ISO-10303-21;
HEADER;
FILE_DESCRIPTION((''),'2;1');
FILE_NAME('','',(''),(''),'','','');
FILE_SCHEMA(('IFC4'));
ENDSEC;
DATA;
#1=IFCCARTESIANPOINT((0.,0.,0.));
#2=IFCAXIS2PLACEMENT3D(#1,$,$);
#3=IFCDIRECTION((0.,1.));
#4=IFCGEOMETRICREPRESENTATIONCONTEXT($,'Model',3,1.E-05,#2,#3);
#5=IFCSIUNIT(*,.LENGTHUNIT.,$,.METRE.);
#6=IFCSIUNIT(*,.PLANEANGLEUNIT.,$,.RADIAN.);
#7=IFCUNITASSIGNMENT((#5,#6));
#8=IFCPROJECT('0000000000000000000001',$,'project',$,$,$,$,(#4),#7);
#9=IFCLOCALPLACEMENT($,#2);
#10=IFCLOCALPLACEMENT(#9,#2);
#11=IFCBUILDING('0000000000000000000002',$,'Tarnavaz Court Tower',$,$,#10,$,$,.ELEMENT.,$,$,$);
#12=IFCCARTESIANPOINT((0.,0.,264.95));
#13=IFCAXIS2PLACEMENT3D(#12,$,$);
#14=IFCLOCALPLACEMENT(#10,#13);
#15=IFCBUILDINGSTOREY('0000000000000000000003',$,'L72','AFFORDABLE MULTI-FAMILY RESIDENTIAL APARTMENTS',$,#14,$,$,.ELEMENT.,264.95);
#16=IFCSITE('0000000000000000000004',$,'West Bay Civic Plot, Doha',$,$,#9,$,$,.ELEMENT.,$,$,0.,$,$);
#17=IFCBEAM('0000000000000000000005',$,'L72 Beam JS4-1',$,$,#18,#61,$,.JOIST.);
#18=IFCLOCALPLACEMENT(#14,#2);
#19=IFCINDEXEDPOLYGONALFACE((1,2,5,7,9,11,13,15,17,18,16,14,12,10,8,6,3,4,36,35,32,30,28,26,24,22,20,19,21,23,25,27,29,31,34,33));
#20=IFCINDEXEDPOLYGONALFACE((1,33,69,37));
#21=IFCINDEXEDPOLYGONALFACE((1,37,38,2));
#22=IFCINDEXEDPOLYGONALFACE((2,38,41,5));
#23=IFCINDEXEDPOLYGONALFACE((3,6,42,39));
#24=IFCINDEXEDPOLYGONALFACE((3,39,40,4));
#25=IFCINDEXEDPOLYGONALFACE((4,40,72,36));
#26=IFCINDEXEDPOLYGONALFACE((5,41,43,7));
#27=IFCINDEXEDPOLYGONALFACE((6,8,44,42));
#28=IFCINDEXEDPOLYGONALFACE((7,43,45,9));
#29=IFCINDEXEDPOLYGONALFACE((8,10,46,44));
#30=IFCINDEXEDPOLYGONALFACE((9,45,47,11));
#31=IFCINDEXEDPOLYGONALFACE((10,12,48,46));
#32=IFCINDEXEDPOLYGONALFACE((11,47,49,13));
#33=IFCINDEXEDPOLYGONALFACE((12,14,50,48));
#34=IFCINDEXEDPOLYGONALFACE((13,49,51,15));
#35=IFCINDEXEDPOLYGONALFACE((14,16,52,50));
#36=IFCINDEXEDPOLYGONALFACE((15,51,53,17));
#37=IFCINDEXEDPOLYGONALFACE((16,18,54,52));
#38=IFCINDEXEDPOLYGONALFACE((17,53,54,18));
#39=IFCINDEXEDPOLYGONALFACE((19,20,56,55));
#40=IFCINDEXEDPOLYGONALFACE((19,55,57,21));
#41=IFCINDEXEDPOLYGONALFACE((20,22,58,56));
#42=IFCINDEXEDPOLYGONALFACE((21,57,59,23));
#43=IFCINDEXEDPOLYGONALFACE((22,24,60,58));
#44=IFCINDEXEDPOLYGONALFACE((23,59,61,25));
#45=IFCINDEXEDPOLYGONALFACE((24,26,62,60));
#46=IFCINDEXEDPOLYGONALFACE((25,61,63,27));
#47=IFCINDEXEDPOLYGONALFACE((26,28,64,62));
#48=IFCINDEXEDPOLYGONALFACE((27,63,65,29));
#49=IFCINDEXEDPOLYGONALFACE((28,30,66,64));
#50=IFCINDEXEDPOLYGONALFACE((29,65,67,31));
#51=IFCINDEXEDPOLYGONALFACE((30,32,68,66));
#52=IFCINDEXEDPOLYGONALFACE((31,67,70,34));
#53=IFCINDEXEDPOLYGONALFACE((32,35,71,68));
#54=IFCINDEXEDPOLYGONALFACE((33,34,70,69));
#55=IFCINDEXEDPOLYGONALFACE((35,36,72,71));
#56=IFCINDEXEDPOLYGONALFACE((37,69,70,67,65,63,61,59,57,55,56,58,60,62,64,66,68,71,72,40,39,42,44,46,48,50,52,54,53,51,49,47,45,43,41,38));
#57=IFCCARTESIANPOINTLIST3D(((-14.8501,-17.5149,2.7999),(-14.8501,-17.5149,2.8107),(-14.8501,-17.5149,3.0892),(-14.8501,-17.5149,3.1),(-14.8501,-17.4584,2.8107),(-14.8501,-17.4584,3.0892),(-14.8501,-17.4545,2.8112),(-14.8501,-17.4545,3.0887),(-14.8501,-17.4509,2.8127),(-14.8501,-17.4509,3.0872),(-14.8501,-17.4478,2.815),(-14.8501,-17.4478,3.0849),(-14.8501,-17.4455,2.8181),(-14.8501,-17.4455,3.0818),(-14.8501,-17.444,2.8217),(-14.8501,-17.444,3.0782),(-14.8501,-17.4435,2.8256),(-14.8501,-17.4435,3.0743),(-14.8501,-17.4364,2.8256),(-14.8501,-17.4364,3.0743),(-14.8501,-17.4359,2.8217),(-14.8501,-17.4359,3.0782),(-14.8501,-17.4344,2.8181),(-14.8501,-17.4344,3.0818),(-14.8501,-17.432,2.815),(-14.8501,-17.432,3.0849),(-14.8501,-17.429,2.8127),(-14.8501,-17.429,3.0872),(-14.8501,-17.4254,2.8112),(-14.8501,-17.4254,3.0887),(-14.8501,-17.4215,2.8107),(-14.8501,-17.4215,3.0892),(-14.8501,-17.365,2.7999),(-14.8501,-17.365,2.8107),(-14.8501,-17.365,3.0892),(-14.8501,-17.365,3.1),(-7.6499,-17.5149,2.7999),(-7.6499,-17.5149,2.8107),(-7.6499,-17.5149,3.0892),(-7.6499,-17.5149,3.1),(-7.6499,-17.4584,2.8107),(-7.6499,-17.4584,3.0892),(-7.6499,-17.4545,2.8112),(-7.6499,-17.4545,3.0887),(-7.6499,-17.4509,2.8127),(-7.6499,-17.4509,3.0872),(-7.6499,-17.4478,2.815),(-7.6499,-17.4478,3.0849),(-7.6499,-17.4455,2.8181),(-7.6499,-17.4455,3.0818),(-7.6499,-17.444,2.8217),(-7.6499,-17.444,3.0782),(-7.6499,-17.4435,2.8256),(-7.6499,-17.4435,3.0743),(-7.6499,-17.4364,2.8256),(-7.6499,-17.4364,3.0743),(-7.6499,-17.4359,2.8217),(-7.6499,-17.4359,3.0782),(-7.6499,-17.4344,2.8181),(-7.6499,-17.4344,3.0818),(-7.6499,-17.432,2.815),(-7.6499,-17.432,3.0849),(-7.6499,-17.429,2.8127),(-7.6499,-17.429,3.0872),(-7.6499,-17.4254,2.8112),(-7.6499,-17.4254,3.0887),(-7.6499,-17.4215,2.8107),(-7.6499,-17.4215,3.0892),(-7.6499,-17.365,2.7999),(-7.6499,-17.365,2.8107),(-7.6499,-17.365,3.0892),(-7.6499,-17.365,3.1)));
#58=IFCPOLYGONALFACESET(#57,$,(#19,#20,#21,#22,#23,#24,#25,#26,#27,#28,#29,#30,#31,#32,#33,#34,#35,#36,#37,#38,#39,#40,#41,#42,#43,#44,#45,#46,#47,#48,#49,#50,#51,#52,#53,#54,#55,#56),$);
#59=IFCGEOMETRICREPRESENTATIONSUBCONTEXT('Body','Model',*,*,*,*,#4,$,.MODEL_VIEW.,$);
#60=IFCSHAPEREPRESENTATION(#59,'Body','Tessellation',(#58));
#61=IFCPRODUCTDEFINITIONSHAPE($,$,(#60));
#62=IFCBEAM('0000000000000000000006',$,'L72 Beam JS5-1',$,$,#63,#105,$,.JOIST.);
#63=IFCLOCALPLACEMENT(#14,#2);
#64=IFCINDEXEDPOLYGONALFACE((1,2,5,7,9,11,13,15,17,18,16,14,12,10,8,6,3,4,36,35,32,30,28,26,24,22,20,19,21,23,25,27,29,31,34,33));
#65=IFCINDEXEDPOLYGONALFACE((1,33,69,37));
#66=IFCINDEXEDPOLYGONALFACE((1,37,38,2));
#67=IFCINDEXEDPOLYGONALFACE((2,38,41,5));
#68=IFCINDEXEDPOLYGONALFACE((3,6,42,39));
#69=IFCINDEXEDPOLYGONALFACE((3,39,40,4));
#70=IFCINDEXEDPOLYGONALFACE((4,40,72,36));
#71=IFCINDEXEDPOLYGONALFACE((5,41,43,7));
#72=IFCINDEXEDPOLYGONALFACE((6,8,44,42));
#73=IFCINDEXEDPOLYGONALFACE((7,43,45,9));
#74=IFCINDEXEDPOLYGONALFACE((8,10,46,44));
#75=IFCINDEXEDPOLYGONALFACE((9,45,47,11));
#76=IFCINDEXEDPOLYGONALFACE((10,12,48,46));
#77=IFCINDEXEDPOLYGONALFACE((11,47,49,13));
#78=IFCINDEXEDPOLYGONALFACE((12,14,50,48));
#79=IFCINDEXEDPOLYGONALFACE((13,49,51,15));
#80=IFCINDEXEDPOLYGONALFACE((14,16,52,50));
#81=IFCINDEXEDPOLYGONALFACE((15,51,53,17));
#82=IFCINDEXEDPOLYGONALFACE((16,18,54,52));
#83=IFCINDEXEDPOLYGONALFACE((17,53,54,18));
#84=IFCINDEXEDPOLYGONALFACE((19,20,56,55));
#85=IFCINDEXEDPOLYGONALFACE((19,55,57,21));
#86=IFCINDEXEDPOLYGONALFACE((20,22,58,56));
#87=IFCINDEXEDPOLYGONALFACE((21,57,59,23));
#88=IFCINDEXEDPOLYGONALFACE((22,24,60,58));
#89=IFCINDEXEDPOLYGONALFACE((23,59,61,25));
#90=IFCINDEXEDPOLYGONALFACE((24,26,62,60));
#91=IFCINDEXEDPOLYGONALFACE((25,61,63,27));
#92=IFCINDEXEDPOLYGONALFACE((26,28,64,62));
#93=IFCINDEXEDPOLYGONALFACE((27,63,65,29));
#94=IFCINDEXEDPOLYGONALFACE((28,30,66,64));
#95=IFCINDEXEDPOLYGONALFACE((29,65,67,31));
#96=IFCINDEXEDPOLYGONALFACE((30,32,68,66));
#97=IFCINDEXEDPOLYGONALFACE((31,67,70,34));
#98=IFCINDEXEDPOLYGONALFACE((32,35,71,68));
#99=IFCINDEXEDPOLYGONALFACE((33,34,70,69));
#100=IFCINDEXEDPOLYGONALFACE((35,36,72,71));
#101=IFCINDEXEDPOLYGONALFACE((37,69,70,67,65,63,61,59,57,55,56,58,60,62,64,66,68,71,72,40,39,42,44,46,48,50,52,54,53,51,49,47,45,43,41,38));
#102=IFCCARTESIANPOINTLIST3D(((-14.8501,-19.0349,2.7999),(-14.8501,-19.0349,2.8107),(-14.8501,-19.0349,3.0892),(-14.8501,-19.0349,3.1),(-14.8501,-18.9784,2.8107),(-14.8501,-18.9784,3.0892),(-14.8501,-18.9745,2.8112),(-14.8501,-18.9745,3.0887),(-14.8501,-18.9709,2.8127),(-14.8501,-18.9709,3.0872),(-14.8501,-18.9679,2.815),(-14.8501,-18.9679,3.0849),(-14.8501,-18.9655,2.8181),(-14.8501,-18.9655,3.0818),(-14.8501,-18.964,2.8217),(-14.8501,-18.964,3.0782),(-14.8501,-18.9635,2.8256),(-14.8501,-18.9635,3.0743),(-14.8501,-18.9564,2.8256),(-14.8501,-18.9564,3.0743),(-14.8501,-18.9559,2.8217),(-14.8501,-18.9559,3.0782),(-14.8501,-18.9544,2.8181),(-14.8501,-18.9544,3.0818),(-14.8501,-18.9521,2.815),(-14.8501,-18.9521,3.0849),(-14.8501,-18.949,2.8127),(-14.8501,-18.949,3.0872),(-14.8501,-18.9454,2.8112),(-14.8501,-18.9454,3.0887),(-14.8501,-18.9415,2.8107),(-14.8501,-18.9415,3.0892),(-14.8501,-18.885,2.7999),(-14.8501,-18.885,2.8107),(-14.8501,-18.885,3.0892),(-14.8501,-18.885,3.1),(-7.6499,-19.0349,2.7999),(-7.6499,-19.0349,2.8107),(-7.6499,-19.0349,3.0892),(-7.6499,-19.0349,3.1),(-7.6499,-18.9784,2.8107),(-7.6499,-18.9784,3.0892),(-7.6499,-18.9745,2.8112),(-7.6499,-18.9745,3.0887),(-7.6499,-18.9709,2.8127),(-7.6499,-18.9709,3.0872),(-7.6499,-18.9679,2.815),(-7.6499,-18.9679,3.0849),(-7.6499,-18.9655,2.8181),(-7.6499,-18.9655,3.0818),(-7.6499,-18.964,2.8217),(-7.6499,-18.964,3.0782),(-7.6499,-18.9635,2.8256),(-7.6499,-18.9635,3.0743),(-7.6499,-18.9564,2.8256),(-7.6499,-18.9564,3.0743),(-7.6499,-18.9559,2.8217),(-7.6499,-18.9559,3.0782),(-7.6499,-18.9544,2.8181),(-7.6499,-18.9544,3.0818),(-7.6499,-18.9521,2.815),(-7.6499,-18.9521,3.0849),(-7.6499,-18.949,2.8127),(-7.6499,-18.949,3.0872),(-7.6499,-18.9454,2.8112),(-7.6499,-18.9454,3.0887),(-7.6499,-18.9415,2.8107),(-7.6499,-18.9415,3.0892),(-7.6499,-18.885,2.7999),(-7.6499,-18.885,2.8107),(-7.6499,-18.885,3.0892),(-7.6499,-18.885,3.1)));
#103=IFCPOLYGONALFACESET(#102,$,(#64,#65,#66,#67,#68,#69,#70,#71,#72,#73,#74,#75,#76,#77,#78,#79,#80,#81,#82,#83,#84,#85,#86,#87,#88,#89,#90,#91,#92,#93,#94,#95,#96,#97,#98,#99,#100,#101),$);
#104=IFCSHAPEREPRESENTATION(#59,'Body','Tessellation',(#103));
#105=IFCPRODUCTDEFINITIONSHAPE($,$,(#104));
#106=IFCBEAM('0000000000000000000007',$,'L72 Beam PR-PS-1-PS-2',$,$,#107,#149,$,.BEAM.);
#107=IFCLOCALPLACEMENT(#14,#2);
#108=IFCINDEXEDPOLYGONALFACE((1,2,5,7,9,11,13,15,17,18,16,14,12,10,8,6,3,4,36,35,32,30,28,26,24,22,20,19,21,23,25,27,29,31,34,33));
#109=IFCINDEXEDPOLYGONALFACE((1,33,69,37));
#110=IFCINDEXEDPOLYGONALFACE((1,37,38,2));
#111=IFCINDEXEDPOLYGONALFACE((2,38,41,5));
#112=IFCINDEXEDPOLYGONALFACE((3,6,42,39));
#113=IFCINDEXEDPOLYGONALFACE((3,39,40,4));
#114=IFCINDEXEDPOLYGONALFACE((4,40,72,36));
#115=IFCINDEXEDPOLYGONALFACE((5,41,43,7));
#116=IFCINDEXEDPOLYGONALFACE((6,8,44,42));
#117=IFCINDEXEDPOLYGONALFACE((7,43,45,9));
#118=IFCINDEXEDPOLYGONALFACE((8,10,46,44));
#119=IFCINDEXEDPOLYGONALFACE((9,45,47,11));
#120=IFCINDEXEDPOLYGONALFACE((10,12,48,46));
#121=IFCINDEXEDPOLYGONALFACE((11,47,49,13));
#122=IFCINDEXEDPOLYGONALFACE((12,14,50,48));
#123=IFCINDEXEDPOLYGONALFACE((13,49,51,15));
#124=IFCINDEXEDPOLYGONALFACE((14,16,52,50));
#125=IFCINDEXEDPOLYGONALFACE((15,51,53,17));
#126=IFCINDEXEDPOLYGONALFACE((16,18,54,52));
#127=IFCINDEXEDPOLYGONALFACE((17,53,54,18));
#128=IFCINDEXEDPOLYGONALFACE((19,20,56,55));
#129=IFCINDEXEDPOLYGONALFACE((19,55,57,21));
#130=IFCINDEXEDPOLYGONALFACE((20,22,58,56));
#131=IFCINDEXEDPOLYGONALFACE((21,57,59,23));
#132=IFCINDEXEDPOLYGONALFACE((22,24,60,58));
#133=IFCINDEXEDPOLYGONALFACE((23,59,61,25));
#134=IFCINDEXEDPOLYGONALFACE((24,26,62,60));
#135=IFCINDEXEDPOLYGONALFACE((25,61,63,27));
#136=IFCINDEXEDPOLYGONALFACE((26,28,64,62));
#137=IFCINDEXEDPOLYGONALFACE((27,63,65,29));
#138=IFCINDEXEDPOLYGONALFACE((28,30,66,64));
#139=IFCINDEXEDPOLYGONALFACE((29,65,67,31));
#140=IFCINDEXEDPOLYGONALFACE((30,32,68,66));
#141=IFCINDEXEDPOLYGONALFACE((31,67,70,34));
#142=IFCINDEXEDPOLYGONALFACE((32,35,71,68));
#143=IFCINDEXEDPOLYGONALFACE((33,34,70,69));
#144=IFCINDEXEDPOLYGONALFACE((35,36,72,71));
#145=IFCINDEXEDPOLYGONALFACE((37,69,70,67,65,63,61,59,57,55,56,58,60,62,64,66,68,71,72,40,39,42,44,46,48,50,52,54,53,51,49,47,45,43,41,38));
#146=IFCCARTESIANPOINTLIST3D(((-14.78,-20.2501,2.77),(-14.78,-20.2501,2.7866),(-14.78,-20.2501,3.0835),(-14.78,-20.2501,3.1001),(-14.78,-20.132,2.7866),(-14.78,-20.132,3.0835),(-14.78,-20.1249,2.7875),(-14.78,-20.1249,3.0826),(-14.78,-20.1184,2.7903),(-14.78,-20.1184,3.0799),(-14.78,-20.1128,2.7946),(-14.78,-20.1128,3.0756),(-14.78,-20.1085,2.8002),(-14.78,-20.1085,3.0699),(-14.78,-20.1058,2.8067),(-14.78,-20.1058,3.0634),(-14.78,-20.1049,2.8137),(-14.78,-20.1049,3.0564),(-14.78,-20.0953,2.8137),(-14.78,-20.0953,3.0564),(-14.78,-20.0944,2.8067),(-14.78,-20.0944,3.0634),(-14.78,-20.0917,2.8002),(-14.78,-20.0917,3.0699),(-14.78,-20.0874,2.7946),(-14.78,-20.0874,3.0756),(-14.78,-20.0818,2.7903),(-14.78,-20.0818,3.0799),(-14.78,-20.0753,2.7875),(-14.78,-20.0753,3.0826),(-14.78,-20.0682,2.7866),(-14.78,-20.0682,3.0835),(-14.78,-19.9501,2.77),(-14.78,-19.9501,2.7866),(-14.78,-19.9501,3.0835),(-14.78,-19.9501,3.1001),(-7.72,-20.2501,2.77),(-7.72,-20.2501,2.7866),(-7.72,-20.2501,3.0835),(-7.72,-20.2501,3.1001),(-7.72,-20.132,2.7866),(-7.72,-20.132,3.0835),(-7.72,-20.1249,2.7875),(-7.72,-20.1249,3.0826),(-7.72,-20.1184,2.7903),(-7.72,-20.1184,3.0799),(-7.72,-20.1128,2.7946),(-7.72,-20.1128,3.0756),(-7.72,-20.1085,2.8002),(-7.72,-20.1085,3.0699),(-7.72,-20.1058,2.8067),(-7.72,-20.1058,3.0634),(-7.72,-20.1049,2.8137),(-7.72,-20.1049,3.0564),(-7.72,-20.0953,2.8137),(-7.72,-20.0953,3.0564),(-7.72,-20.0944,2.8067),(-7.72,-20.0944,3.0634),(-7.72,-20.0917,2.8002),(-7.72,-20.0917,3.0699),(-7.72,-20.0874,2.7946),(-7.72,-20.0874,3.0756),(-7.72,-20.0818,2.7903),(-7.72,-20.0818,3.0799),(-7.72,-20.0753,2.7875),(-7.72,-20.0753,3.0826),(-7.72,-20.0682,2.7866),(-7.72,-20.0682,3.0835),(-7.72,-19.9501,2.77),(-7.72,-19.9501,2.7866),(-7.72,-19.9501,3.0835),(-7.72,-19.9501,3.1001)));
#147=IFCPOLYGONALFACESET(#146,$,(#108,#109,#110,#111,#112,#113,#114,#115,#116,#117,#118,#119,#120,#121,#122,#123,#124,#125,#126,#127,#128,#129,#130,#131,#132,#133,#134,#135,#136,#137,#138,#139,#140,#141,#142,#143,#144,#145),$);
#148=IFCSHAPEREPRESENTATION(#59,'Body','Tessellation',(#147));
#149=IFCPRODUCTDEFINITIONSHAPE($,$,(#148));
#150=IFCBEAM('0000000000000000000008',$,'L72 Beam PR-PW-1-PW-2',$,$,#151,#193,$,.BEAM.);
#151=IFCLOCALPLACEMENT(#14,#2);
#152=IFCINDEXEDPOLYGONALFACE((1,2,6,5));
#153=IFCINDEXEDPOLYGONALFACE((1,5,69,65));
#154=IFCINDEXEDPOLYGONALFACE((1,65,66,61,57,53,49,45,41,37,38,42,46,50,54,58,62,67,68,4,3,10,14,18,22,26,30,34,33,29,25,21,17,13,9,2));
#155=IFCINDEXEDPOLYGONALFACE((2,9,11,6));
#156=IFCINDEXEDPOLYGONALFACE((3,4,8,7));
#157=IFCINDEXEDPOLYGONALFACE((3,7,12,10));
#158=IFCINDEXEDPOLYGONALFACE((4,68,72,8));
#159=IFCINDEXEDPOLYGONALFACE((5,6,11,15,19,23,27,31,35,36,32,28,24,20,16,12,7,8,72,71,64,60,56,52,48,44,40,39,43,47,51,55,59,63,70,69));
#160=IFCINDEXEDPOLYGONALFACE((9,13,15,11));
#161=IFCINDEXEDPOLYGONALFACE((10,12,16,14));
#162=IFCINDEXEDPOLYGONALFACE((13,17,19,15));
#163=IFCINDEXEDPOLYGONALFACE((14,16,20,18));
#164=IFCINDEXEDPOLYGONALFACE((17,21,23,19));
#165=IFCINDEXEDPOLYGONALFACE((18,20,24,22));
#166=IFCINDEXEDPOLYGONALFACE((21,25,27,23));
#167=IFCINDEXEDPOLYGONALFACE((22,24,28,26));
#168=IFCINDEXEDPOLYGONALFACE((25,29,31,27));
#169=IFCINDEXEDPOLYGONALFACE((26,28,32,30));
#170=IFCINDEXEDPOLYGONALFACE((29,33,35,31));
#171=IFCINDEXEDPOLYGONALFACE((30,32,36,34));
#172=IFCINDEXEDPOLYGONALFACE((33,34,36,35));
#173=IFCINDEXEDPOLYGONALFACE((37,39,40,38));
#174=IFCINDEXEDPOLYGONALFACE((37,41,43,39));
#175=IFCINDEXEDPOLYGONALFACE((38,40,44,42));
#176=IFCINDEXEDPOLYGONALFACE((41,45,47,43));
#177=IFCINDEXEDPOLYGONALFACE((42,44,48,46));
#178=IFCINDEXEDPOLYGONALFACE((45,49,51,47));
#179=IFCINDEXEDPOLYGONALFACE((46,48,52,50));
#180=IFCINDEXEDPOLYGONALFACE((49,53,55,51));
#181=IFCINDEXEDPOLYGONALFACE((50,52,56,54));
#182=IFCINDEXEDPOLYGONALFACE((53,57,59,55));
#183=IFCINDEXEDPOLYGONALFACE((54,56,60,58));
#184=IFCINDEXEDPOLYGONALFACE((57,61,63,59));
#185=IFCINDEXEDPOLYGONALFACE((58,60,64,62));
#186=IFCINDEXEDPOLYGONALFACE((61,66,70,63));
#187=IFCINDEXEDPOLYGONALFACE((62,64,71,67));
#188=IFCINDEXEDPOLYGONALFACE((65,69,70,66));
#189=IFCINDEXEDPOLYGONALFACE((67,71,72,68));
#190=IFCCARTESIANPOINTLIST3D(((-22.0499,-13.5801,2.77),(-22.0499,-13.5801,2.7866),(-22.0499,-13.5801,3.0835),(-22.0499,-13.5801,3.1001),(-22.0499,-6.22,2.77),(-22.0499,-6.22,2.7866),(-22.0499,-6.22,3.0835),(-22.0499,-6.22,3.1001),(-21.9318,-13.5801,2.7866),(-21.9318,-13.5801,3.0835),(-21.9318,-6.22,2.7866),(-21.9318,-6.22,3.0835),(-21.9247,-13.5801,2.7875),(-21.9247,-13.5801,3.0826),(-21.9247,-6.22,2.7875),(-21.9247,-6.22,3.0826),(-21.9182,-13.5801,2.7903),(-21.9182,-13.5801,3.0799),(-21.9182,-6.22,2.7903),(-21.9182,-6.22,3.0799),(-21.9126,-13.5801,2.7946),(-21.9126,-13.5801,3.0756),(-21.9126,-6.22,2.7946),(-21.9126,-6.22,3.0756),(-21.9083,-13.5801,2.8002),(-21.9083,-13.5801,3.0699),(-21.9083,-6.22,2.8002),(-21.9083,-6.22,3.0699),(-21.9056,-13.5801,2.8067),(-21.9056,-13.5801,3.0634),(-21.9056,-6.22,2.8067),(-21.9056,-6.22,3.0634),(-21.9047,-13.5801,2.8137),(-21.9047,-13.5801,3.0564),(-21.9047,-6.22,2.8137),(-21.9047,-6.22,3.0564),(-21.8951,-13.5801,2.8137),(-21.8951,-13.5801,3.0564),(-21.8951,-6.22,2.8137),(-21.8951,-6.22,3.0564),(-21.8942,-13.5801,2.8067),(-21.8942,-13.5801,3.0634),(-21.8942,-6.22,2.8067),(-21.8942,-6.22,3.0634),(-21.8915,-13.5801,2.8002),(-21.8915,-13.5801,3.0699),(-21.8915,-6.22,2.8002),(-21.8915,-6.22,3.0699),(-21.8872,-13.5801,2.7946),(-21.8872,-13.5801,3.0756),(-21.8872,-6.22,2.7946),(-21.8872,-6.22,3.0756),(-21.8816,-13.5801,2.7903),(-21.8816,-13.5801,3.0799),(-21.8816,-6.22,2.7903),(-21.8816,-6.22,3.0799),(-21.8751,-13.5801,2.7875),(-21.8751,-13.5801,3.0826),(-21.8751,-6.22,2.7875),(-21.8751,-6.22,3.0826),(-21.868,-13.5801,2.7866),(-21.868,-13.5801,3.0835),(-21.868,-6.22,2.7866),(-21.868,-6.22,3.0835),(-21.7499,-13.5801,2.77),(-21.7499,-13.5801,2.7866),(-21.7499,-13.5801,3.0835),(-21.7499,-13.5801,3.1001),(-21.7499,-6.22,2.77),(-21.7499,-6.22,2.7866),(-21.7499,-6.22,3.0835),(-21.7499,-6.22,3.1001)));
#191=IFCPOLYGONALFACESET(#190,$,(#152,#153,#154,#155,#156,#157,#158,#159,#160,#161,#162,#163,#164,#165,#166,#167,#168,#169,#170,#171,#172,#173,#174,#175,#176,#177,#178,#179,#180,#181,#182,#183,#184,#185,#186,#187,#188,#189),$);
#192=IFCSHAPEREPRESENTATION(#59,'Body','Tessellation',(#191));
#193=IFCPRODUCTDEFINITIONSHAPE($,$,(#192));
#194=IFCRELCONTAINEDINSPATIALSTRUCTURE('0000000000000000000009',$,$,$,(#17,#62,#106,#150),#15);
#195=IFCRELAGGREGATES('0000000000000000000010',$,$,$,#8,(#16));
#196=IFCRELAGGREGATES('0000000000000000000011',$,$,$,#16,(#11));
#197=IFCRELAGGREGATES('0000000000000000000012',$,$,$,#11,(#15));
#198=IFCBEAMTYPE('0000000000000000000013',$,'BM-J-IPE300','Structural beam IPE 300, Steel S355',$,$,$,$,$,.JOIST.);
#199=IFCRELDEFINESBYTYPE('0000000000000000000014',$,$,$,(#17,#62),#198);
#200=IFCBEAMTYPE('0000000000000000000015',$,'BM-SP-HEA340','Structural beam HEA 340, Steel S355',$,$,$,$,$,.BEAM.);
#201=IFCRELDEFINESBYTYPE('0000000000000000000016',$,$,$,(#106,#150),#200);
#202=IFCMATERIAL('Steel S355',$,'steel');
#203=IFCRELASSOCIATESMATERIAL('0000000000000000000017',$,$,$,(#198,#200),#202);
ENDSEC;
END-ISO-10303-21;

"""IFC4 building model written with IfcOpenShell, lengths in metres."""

from ifc_helpers import new_model, si_unit, direction, frame, origin, origin_2d, place, context, subcontext, project, spatial, i_section, extrude, material, material_profile, profile_set, type_object, element, save


model = new_model("IFC4")

# Units and contexts
model_context = context("Model", 3, precision=1e-05, world=origin(), true_north=direction((0.0, 1.0)))
body_context = subcontext(model_context, "Body", "Model", "MODEL_VIEW")
ifc_project = project(units=[si_unit("LENGTHUNIT", "METRE"), si_unit("PLANEANGLEUNIT", "RADIAN")], contexts=[model_context])

# Site, building, storey
site_placement = place(None, origin())
site = spatial("IfcSite", under=ifc_project, at=site_placement, Name="West Bay Civic Plot, Doha", CompositionType="ELEMENT", RefElevation=0.0)
building_placement = place(site_placement, origin())
building = spatial("IfcBuilding", under=site, at=building_placement, Name="Tarnavaz Court Tower", CompositionType="ELEMENT")
storey_placement = place(building_placement, frame((0.0, 0.0, 264.95)))
storey = spatial("IfcBuildingStorey", under=building, at=storey_placement, Name="L72", Description="AFFORDABLE MULTI-FAMILY RESIDENTIAL APARTMENTS", CompositionType="ELEMENT", Elevation=264.95)

# Beams
ifc_material_1 = material(Name="Steel S355", Category="steel")
ifc_material_profile_1 = material_profile(ifc_material_1, i_section(OverallWidth=0.1499, OverallDepth=0.3, WebThickness=0.0071, FlangeThickness=0.0107, FilletRadius=0.0149, at=origin_2d()), Name="IPE 300")
ifc_profile_set_1 = profile_set([ifc_material_profile_1], Name="Steel S355")
beam_type_1 = type_object("IfcBeamType", Name="BM-J-IPE300", Description="Structural beam IPE 300, Steel S355", PredefinedType="JOIST", material=ifc_profile_set_1)
for number, where, z_axis, x_axis, name in (
    (1, (-14.8501, -17.4399, 2.95), (1.0, 0.0, 0.0), (0.0, 1.0, 0.0), "L72 Beam JS4-1"),
    (2, (-14.8501, -18.96, 2.95), (1.0, 0.0, 0.0), (0.0, 1.0, 0.0), "L72 Beam JS5-1"),
):
    element("IfcBeam", number, at=place(storey_placement, frame(where, z_axis=z_axis, x_axis=x_axis)), inside=storey, type_object=beam_type_1, Name=name, PredefinedType="JOIST", context=body_context, shape_type="SweptSolid", body=[
        extrude(i_section(OverallWidth=0.1499, OverallDepth=0.3, WebThickness=0.0071, FlangeThickness=0.0107, FilletRadius=0.0149, at=origin_2d()), origin(), (0.0, 0.0, 1.0), 7.2002),
    ])
ifc_material_profile_2 = material_profile(ifc_material_1, i_section(OverallWidth=0.3, OverallDepth=0.3301, WebThickness=0.0095, FlangeThickness=0.0166, FilletRadius=0.0271, at=origin_2d()), Name="HEA 340")
ifc_profile_set_2 = profile_set([ifc_material_profile_2], Name="Steel S355")
beam_type_2 = type_object("IfcBeamType", Name="BM-SP-HEA340", Description="Structural beam HEA 340, Steel S355", PredefinedType="BEAM", material=ifc_profile_set_2)
beam_1_placement = place(storey_placement, frame((-14.78, -20.1001, 2.9351), z_axis=(1.0, 0.0, 0.0), x_axis=(0.0, 1.0, 0.0)))
element("IfcBeam", 3, at=beam_1_placement, inside=storey, type_object=beam_type_2, Name="L72 Beam PR-PS-1-PS-2", PredefinedType="BEAM", context=body_context, shape_type="SweptSolid", body=[
    extrude(i_section(OverallWidth=0.3, OverallDepth=0.3301, WebThickness=0.0095, FlangeThickness=0.0166, FilletRadius=0.0271, at=origin_2d()), origin(), (0.0, 0.0, 1.0), 7.0601),
])
beam_2_placement = place(storey_placement, frame((-21.8999, -13.5801, 2.9351), z_axis=(0.0, 1.0, 0.0), x_axis=(-1.0, 0.0, 0.0)))
element("IfcBeam", 4, at=beam_2_placement, inside=storey, type_object=beam_type_2, Name="L72 Beam PR-PW-1-PW-2", PredefinedType="BEAM", context=body_context, shape_type="SweptSolid", body=[
    extrude(i_section(OverallWidth=0.3, OverallDepth=0.3301, WebThickness=0.0095, FlangeThickness=0.0166, FilletRadius=0.0271, at=origin_2d()), origin(), (0.0, 0.0, 1.0), 7.3601),
])

save(model, "model.ifc")
